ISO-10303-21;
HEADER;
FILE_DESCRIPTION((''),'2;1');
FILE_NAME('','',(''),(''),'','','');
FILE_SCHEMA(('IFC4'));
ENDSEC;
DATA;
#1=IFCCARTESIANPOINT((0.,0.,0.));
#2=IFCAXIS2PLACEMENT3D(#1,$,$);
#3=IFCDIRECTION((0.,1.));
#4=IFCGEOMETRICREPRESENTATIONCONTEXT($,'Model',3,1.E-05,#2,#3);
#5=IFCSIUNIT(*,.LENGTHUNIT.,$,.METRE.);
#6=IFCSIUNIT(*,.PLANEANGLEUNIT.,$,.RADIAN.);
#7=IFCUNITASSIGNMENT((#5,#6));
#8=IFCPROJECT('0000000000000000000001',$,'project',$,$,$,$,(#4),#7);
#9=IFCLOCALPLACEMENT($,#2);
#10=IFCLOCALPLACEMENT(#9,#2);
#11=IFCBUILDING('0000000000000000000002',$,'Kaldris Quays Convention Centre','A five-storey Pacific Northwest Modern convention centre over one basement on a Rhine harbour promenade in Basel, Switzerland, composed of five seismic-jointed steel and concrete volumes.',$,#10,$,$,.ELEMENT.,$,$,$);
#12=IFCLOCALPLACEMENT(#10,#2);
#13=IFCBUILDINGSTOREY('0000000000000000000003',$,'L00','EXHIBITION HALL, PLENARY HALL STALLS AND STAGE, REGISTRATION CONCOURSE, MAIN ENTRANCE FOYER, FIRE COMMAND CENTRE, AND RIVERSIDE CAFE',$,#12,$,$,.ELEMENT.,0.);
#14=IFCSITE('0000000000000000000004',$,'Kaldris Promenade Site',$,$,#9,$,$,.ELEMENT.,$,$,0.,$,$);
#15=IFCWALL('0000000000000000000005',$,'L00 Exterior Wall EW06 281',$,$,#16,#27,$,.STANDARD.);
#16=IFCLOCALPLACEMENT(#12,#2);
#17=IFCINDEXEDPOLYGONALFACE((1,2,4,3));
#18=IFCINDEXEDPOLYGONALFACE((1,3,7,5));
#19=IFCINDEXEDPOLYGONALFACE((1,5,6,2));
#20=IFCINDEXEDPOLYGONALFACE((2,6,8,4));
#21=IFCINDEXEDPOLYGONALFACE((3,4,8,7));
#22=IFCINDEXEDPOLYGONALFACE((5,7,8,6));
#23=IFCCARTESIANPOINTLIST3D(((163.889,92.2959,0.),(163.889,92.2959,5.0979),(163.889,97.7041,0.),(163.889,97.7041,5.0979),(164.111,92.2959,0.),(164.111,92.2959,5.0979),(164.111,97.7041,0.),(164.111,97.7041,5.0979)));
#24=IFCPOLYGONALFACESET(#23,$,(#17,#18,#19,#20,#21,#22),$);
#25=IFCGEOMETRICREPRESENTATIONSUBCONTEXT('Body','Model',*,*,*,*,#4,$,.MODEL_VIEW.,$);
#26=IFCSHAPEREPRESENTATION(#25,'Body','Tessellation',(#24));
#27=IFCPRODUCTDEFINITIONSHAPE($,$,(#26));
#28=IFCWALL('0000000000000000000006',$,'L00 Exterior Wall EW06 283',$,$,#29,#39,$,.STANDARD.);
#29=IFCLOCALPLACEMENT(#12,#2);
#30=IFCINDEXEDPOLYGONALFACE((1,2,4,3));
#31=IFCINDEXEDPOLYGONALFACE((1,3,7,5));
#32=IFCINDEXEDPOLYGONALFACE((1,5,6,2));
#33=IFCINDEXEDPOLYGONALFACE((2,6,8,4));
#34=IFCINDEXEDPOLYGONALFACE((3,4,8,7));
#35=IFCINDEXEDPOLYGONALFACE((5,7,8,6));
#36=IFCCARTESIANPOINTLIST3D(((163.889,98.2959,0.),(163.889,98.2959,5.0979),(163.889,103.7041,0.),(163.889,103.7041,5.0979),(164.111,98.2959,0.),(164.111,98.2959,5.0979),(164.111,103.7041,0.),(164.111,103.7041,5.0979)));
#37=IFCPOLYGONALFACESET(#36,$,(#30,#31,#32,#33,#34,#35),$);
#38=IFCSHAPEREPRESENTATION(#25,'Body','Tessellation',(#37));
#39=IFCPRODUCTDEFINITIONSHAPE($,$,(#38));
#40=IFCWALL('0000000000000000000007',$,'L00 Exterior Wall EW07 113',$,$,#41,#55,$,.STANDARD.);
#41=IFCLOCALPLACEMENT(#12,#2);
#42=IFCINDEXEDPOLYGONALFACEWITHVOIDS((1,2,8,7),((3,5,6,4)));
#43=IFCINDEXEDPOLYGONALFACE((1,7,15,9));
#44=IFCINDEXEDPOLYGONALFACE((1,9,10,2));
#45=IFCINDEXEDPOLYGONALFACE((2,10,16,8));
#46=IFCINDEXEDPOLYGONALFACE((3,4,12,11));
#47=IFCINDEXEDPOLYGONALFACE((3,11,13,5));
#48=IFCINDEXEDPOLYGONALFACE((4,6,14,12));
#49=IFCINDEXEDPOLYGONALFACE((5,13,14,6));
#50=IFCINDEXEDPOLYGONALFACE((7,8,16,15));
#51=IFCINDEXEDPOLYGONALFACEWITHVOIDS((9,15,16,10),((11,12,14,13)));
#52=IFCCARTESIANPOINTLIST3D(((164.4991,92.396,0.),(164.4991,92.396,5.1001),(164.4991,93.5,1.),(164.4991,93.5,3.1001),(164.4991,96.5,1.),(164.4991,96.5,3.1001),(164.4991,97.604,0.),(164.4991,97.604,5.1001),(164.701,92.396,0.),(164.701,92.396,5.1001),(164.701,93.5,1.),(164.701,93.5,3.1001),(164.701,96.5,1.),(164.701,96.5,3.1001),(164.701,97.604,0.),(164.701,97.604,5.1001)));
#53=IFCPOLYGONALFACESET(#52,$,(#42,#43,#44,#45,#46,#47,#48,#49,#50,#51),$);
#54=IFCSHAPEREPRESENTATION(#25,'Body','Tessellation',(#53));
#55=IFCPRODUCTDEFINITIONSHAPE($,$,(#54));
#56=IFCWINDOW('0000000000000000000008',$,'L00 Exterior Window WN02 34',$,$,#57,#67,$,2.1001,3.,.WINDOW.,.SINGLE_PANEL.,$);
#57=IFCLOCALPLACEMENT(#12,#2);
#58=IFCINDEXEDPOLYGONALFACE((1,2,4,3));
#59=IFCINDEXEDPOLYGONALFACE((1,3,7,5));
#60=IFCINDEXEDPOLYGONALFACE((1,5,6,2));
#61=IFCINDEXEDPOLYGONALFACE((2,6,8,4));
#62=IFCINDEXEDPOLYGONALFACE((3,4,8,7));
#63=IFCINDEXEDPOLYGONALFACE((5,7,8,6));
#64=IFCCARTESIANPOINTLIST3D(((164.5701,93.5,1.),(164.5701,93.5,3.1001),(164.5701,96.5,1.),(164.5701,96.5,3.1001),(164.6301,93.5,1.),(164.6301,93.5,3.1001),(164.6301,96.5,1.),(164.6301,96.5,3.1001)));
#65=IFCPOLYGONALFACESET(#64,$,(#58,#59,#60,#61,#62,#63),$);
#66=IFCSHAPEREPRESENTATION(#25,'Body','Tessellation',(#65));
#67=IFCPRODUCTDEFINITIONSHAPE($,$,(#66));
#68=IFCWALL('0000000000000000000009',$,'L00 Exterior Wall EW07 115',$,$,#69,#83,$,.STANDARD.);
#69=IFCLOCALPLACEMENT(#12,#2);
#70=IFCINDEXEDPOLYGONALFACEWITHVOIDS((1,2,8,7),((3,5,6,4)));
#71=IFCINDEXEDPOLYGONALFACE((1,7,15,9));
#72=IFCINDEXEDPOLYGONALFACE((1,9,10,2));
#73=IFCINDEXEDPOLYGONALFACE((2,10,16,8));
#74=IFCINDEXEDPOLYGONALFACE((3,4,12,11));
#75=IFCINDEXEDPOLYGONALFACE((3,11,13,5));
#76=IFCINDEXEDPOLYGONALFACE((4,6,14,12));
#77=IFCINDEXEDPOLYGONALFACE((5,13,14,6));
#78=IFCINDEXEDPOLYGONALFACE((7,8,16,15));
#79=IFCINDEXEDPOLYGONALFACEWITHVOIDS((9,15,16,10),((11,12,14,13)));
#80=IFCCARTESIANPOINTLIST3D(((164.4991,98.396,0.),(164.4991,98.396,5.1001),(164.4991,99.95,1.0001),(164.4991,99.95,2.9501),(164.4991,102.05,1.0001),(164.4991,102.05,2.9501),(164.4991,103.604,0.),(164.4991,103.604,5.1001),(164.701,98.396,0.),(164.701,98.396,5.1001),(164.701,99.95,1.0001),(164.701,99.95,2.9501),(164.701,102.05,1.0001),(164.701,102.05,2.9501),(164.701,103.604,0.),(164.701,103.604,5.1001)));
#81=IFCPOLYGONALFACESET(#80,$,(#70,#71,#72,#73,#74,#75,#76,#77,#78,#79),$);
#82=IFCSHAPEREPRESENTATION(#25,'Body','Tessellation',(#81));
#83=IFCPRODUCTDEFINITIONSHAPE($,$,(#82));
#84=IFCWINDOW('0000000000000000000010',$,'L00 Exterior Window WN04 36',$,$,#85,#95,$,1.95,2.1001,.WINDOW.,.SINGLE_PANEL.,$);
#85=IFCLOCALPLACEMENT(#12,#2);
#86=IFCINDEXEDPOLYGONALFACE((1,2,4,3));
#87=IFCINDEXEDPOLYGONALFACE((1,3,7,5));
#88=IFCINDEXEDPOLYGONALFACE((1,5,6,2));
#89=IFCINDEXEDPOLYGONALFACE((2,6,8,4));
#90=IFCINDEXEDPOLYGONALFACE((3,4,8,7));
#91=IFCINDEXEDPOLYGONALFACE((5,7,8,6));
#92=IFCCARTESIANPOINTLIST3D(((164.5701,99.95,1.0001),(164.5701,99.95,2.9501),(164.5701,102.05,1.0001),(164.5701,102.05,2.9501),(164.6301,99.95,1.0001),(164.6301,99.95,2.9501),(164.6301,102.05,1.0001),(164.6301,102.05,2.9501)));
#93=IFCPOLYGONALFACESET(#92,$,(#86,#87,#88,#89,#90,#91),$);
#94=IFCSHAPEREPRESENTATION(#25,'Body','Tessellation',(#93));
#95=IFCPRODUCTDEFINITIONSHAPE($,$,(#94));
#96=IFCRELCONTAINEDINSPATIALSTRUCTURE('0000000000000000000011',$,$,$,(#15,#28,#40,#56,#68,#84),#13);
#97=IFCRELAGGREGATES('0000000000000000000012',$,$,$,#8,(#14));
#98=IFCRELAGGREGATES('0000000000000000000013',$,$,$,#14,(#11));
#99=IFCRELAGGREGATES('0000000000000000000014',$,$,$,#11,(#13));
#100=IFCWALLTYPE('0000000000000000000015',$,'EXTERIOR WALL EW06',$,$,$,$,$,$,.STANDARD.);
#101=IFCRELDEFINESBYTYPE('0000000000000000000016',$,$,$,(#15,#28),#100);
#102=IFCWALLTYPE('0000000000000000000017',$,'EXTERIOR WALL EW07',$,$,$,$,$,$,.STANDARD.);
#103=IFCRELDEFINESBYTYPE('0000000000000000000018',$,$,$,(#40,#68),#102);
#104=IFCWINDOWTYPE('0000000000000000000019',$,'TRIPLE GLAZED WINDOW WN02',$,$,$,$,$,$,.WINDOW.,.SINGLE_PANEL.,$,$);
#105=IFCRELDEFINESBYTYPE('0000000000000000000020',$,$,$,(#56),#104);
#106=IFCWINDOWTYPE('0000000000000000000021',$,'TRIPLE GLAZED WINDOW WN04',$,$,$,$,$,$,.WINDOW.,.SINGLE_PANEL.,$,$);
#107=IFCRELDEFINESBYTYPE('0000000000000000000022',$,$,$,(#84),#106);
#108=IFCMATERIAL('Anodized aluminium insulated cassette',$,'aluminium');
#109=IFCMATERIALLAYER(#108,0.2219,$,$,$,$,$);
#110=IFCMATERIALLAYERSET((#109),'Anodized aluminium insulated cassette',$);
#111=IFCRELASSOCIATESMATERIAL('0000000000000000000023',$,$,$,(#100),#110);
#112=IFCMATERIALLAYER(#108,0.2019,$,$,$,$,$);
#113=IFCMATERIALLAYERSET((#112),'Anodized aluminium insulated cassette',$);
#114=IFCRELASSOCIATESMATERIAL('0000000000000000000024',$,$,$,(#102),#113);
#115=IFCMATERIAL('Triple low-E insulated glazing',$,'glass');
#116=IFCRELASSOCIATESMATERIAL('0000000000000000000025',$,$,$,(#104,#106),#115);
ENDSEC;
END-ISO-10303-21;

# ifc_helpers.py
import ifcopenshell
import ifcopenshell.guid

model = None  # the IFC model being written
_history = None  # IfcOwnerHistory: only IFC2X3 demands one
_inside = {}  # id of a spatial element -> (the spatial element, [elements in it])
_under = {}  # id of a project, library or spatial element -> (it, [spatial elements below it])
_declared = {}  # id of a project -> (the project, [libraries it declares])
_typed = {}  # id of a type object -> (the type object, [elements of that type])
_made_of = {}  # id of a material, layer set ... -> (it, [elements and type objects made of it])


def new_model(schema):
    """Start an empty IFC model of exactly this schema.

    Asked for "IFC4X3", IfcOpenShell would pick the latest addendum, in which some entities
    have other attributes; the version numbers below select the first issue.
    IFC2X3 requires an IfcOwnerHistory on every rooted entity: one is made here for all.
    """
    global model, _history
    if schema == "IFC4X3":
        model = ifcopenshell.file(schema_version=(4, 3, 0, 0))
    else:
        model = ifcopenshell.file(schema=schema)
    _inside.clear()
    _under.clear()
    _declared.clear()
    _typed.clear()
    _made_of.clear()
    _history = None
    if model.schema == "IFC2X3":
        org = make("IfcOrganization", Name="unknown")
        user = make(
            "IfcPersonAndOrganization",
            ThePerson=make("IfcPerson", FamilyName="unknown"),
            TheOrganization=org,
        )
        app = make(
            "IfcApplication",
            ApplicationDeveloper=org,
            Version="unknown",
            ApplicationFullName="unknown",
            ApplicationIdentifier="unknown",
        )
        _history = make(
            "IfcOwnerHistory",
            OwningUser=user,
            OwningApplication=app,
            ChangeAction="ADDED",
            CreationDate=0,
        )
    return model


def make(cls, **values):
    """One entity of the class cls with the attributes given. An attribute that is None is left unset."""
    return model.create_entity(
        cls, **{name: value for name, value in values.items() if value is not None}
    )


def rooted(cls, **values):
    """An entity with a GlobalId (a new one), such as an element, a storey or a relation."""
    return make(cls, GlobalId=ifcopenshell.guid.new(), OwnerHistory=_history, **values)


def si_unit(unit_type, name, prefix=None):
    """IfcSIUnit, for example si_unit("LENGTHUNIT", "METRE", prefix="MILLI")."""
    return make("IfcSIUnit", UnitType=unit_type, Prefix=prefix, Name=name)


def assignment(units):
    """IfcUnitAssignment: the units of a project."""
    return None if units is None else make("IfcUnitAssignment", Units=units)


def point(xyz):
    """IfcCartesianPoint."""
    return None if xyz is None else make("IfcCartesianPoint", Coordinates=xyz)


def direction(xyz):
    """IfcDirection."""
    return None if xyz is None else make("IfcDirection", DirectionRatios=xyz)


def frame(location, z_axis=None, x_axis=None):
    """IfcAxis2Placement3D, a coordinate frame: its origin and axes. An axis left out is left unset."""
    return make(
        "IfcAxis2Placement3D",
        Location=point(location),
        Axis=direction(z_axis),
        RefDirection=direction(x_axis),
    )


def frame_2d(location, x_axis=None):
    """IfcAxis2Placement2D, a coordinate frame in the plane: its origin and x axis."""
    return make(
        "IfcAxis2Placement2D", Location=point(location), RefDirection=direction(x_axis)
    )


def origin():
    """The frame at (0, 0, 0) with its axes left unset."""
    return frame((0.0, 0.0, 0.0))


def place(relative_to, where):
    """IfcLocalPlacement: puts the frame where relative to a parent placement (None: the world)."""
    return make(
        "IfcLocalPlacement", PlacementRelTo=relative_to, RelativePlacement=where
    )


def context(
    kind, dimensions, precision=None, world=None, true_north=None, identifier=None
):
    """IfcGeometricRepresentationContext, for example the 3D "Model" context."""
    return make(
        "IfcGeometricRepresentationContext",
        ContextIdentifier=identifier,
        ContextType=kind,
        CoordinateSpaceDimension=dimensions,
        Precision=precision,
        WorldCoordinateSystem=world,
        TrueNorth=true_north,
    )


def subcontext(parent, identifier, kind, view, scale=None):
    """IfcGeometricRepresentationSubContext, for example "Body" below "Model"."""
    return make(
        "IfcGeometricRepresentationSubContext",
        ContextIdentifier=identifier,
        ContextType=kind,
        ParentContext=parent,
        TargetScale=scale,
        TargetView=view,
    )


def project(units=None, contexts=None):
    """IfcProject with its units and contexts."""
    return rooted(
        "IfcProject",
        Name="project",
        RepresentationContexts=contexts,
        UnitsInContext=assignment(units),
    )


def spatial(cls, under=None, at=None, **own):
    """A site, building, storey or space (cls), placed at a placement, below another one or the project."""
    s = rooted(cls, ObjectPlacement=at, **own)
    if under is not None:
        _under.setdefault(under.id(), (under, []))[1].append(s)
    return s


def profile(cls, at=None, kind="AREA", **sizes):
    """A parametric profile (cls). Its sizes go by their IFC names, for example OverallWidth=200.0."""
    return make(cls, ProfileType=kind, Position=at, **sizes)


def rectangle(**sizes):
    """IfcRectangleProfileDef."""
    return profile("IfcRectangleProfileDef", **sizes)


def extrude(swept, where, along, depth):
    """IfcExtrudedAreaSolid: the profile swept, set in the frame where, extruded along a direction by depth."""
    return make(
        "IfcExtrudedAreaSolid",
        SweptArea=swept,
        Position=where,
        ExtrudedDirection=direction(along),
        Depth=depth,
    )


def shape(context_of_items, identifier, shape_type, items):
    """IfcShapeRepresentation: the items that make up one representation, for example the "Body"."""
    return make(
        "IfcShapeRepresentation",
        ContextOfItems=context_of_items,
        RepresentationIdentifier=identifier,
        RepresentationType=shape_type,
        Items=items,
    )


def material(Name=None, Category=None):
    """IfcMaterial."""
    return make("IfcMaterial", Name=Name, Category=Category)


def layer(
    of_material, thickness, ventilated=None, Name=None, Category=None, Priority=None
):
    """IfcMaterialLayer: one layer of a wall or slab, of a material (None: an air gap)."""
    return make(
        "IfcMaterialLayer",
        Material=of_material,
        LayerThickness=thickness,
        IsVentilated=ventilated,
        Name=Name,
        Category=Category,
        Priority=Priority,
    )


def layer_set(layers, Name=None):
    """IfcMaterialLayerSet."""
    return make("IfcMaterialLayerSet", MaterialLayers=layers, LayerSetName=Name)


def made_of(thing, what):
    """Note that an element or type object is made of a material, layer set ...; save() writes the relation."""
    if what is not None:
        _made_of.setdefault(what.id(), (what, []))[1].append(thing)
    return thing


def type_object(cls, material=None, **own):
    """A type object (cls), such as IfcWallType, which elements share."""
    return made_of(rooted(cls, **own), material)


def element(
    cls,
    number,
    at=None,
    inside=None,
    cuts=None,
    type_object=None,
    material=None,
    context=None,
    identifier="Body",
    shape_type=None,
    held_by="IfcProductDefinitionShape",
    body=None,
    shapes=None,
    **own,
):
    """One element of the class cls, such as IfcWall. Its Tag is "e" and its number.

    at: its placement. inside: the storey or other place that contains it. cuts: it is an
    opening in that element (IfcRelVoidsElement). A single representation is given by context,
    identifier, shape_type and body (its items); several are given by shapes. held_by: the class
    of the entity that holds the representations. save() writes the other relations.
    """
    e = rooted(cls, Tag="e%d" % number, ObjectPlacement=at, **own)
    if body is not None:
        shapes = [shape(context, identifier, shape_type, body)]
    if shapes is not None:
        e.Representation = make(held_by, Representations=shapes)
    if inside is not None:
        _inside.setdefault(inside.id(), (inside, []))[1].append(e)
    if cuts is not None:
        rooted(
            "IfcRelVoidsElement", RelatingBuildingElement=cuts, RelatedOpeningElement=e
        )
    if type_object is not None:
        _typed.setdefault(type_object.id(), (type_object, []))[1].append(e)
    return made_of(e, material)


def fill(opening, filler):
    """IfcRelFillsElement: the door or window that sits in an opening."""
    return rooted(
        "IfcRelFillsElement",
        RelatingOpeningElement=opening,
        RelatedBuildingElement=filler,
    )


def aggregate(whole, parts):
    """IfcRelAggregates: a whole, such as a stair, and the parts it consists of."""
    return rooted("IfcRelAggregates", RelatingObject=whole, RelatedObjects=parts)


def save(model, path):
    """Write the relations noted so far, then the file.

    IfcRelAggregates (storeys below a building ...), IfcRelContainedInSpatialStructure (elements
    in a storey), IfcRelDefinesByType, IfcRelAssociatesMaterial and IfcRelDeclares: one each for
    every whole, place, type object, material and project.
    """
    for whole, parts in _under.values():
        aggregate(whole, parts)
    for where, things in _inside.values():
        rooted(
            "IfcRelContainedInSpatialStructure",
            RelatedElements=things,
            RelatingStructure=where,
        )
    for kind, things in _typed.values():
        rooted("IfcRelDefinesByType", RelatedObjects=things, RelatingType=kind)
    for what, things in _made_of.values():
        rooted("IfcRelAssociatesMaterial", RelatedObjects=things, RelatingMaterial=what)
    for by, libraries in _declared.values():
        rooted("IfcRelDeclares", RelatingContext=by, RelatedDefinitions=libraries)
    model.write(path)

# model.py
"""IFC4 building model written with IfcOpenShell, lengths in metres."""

from ifc_helpers import new_model, si_unit, direction, frame, frame_2d, origin, place, context, subcontext, project, spatial, rectangle, extrude, material, layer, layer_set, type_object, element, fill, save


model = new_model("IFC4")

# Units and contexts
model_context = context("Model", 3, precision=1e-05, world=origin(), true_north=direction((0.0, 1.0)))
body_context = subcontext(model_context, "Body", "Model", "MODEL_VIEW")
ifc_project = project(units=[si_unit("LENGTHUNIT", "METRE"), si_unit("PLANEANGLEUNIT", "RADIAN")], contexts=[model_context])

# Site, building, storey
site_placement = place(None, origin())
site = spatial("IfcSite", under=ifc_project, at=site_placement, Name="Kaldris Promenade Site", CompositionType="ELEMENT", RefElevation=0.0)
building_placement = place(site_placement, origin())
building = spatial("IfcBuilding", under=site, at=building_placement, Name="Kaldris Quays Convention Centre", Description="A five-storey Pacific Northwest Modern convention centre over one basement on a Rhine harbour promenade in Basel, Switzerland, composed of five seismic-jointed steel and concrete volumes.", CompositionType="ELEMENT")
storey_placement = place(building_placement, origin())
storey = spatial("IfcBuildingStorey", under=building, at=storey_placement, Name="L00", Description="EXHIBITION HALL, PLENARY HALL STALLS AND STAGE, REGISTRATION CONCOURSE, MAIN ENTRANCE FOYER, FIRE COMMAND CENTRE, AND RIVERSIDE CAFE", CompositionType="ELEMENT", Elevation=0.0)

# Walls
ifc_material_1 = material(Name="Anodized aluminium insulated cassette", Category="aluminium")
ifc_layer_1 = layer(ifc_material_1, 0.2219)
ifc_layer_set_1 = layer_set([ifc_layer_1], Name="Anodized aluminium insulated cassette")
wall_type_1 = type_object("IfcWallType", Name="EXTERIOR WALL EW06", PredefinedType="STANDARD", material=ifc_layer_set_1)
for number, where, z_axis, x_axis, name in (
    (1, (164.0, 92.2959, 0.0), (0.0, 0.0, 1.0), (0.0, 1.0, 0.0), "L00 Exterior Wall EW06 281"),
    (2, (164.0, 98.2959, 0.0), (0.0, 0.0, 1.0), (0.0, 1.0, 0.0), "L00 Exterior Wall EW06 283"),
):
    element("IfcWall", number, at=place(storey_placement, frame(where, z_axis=z_axis, x_axis=x_axis)), inside=storey, type_object=wall_type_1, Name=name, PredefinedType="STANDARD", context=body_context, shape_type="SweptSolid", body=[
        extrude(rectangle(XDim=5.4082, YDim=0.2219, at=frame_2d((2.7041, 0.0))), origin(), (0.0, 0.0, 1.0), 5.0979),
    ])

# Walls, openings, windows
ifc_layer_2 = layer(ifc_material_1, 0.2019)
ifc_layer_set_2 = layer_set([ifc_layer_2], Name="Anodized aluminium insulated cassette")
wall_type_2 = type_object("IfcWallType", Name="EXTERIOR WALL EW07", PredefinedType="STANDARD", material=ifc_layer_set_2)
wall_1_placement = place(storey_placement, frame((164.6001, 92.396, 0.0), z_axis=(0.0, 0.0, 1.0), x_axis=(0.0, 1.0, 0.0)))
wall_1 = element("IfcWall", 3, at=wall_1_placement, inside=storey, type_object=wall_type_2, Name="L00 Exterior Wall EW07 113", PredefinedType="STANDARD", context=body_context, shape_type="SweptSolid", body=[
    extrude(rectangle(XDim=5.208, YDim=0.2019, at=frame_2d((2.604, 0.0))), origin(), (0.0, 0.0, 1.0), 5.1001),
])
opening_1_placement = place(wall_1_placement, frame((1.104, 0.0, 1.0)))
opening_1 = element("IfcOpeningElement", 4, at=opening_1_placement, cuts=wall_1, PredefinedType="OPENING", context=body_context, shape_type="SweptSolid", body=[
    extrude(rectangle(XDim=3.0, YDim=2.1001, at=frame_2d((1.5, 1.05))), frame((0.0, 0.1108, 0.0), z_axis=(0.0, -1.0, 0.0), x_axis=(1.0, 0.0, 0.0)), (0.0, 0.0, 1.0), 0.2219),
])
ifc_material_2 = material(Name="Triple low-E insulated glazing", Category="glass")
window_type_1 = type_object("IfcWindowType", Name="TRIPLE GLAZED WINDOW WN02", PartitioningType="SINGLE_PANEL", PredefinedType="WINDOW", material=ifc_material_2)
window_1_placement = place(opening_1_placement, origin())
window_1 = element("IfcWindow", 5, at=window_1_placement, inside=storey, type_object=window_type_1, Name="L00 Exterior Window WN02 34", OverallHeight=2.1001, OverallWidth=3.0, PartitioningType="SINGLE_PANEL", PredefinedType="WINDOW", context=body_context, shape_type="SweptSolid", body=[
    extrude(rectangle(XDim=3.0, YDim=2.1001, at=frame_2d((1.5, 1.05))), frame((0.0, 0.03, 0.0), z_axis=(0.0, -1.0, 0.0), x_axis=(1.0, 0.0, 0.0)), (0.0, 0.0, 1.0), 0.0601),
])
fill(opening_1, window_1)
wall_2_placement = place(storey_placement, frame((164.6001, 98.396, 0.0), z_axis=(0.0, 0.0, 1.0), x_axis=(0.0, 1.0, 0.0)))
wall_2 = element("IfcWall", 6, at=wall_2_placement, inside=storey, type_object=wall_type_2, Name="L00 Exterior Wall EW07 115", PredefinedType="STANDARD", context=body_context, shape_type="SweptSolid", body=[
    extrude(rectangle(XDim=5.208, YDim=0.2019, at=frame_2d((2.604, 0.0))), origin(), (0.0, 0.0, 1.0), 5.1001),
])
opening_2_placement = place(wall_2_placement, frame((1.554, 0.0, 1.0)))
opening_2 = element("IfcOpeningElement", 7, at=opening_2_placement, cuts=wall_2, PredefinedType="OPENING", context=body_context, shape_type="SweptSolid", body=[
    extrude(rectangle(XDim=2.1001, YDim=1.95, at=frame_2d((1.05, 0.9751))), frame((0.0, 0.1108, 0.0), z_axis=(0.0, -1.0, 0.0), x_axis=(1.0, 0.0, 0.0)), (0.0, 0.0, 1.0), 0.2219),
])
window_type_2 = type_object("IfcWindowType", Name="TRIPLE GLAZED WINDOW WN04", PartitioningType="SINGLE_PANEL", PredefinedType="WINDOW", material=ifc_material_2)
window_2_placement = place(opening_2_placement, origin())
window_2 = element("IfcWindow", 8, at=window_2_placement, inside=storey, type_object=window_type_2, Name="L00 Exterior Window WN04 36", OverallHeight=1.95, OverallWidth=2.1001, PartitioningType="SINGLE_PANEL", PredefinedType="WINDOW", context=body_context, shape_type="SweptSolid", body=[
    extrude(rectangle(XDim=2.1001, YDim=1.95, at=frame_2d((1.05, 0.9751))), frame((0.0, 0.03, 0.0), z_axis=(0.0, -1.0, 0.0), x_axis=(1.0, 0.0, 0.0)), (0.0, 0.0, 1.0), 0.0601),
])
fill(opening_2, window_2)

save(model, "model.ifc")
